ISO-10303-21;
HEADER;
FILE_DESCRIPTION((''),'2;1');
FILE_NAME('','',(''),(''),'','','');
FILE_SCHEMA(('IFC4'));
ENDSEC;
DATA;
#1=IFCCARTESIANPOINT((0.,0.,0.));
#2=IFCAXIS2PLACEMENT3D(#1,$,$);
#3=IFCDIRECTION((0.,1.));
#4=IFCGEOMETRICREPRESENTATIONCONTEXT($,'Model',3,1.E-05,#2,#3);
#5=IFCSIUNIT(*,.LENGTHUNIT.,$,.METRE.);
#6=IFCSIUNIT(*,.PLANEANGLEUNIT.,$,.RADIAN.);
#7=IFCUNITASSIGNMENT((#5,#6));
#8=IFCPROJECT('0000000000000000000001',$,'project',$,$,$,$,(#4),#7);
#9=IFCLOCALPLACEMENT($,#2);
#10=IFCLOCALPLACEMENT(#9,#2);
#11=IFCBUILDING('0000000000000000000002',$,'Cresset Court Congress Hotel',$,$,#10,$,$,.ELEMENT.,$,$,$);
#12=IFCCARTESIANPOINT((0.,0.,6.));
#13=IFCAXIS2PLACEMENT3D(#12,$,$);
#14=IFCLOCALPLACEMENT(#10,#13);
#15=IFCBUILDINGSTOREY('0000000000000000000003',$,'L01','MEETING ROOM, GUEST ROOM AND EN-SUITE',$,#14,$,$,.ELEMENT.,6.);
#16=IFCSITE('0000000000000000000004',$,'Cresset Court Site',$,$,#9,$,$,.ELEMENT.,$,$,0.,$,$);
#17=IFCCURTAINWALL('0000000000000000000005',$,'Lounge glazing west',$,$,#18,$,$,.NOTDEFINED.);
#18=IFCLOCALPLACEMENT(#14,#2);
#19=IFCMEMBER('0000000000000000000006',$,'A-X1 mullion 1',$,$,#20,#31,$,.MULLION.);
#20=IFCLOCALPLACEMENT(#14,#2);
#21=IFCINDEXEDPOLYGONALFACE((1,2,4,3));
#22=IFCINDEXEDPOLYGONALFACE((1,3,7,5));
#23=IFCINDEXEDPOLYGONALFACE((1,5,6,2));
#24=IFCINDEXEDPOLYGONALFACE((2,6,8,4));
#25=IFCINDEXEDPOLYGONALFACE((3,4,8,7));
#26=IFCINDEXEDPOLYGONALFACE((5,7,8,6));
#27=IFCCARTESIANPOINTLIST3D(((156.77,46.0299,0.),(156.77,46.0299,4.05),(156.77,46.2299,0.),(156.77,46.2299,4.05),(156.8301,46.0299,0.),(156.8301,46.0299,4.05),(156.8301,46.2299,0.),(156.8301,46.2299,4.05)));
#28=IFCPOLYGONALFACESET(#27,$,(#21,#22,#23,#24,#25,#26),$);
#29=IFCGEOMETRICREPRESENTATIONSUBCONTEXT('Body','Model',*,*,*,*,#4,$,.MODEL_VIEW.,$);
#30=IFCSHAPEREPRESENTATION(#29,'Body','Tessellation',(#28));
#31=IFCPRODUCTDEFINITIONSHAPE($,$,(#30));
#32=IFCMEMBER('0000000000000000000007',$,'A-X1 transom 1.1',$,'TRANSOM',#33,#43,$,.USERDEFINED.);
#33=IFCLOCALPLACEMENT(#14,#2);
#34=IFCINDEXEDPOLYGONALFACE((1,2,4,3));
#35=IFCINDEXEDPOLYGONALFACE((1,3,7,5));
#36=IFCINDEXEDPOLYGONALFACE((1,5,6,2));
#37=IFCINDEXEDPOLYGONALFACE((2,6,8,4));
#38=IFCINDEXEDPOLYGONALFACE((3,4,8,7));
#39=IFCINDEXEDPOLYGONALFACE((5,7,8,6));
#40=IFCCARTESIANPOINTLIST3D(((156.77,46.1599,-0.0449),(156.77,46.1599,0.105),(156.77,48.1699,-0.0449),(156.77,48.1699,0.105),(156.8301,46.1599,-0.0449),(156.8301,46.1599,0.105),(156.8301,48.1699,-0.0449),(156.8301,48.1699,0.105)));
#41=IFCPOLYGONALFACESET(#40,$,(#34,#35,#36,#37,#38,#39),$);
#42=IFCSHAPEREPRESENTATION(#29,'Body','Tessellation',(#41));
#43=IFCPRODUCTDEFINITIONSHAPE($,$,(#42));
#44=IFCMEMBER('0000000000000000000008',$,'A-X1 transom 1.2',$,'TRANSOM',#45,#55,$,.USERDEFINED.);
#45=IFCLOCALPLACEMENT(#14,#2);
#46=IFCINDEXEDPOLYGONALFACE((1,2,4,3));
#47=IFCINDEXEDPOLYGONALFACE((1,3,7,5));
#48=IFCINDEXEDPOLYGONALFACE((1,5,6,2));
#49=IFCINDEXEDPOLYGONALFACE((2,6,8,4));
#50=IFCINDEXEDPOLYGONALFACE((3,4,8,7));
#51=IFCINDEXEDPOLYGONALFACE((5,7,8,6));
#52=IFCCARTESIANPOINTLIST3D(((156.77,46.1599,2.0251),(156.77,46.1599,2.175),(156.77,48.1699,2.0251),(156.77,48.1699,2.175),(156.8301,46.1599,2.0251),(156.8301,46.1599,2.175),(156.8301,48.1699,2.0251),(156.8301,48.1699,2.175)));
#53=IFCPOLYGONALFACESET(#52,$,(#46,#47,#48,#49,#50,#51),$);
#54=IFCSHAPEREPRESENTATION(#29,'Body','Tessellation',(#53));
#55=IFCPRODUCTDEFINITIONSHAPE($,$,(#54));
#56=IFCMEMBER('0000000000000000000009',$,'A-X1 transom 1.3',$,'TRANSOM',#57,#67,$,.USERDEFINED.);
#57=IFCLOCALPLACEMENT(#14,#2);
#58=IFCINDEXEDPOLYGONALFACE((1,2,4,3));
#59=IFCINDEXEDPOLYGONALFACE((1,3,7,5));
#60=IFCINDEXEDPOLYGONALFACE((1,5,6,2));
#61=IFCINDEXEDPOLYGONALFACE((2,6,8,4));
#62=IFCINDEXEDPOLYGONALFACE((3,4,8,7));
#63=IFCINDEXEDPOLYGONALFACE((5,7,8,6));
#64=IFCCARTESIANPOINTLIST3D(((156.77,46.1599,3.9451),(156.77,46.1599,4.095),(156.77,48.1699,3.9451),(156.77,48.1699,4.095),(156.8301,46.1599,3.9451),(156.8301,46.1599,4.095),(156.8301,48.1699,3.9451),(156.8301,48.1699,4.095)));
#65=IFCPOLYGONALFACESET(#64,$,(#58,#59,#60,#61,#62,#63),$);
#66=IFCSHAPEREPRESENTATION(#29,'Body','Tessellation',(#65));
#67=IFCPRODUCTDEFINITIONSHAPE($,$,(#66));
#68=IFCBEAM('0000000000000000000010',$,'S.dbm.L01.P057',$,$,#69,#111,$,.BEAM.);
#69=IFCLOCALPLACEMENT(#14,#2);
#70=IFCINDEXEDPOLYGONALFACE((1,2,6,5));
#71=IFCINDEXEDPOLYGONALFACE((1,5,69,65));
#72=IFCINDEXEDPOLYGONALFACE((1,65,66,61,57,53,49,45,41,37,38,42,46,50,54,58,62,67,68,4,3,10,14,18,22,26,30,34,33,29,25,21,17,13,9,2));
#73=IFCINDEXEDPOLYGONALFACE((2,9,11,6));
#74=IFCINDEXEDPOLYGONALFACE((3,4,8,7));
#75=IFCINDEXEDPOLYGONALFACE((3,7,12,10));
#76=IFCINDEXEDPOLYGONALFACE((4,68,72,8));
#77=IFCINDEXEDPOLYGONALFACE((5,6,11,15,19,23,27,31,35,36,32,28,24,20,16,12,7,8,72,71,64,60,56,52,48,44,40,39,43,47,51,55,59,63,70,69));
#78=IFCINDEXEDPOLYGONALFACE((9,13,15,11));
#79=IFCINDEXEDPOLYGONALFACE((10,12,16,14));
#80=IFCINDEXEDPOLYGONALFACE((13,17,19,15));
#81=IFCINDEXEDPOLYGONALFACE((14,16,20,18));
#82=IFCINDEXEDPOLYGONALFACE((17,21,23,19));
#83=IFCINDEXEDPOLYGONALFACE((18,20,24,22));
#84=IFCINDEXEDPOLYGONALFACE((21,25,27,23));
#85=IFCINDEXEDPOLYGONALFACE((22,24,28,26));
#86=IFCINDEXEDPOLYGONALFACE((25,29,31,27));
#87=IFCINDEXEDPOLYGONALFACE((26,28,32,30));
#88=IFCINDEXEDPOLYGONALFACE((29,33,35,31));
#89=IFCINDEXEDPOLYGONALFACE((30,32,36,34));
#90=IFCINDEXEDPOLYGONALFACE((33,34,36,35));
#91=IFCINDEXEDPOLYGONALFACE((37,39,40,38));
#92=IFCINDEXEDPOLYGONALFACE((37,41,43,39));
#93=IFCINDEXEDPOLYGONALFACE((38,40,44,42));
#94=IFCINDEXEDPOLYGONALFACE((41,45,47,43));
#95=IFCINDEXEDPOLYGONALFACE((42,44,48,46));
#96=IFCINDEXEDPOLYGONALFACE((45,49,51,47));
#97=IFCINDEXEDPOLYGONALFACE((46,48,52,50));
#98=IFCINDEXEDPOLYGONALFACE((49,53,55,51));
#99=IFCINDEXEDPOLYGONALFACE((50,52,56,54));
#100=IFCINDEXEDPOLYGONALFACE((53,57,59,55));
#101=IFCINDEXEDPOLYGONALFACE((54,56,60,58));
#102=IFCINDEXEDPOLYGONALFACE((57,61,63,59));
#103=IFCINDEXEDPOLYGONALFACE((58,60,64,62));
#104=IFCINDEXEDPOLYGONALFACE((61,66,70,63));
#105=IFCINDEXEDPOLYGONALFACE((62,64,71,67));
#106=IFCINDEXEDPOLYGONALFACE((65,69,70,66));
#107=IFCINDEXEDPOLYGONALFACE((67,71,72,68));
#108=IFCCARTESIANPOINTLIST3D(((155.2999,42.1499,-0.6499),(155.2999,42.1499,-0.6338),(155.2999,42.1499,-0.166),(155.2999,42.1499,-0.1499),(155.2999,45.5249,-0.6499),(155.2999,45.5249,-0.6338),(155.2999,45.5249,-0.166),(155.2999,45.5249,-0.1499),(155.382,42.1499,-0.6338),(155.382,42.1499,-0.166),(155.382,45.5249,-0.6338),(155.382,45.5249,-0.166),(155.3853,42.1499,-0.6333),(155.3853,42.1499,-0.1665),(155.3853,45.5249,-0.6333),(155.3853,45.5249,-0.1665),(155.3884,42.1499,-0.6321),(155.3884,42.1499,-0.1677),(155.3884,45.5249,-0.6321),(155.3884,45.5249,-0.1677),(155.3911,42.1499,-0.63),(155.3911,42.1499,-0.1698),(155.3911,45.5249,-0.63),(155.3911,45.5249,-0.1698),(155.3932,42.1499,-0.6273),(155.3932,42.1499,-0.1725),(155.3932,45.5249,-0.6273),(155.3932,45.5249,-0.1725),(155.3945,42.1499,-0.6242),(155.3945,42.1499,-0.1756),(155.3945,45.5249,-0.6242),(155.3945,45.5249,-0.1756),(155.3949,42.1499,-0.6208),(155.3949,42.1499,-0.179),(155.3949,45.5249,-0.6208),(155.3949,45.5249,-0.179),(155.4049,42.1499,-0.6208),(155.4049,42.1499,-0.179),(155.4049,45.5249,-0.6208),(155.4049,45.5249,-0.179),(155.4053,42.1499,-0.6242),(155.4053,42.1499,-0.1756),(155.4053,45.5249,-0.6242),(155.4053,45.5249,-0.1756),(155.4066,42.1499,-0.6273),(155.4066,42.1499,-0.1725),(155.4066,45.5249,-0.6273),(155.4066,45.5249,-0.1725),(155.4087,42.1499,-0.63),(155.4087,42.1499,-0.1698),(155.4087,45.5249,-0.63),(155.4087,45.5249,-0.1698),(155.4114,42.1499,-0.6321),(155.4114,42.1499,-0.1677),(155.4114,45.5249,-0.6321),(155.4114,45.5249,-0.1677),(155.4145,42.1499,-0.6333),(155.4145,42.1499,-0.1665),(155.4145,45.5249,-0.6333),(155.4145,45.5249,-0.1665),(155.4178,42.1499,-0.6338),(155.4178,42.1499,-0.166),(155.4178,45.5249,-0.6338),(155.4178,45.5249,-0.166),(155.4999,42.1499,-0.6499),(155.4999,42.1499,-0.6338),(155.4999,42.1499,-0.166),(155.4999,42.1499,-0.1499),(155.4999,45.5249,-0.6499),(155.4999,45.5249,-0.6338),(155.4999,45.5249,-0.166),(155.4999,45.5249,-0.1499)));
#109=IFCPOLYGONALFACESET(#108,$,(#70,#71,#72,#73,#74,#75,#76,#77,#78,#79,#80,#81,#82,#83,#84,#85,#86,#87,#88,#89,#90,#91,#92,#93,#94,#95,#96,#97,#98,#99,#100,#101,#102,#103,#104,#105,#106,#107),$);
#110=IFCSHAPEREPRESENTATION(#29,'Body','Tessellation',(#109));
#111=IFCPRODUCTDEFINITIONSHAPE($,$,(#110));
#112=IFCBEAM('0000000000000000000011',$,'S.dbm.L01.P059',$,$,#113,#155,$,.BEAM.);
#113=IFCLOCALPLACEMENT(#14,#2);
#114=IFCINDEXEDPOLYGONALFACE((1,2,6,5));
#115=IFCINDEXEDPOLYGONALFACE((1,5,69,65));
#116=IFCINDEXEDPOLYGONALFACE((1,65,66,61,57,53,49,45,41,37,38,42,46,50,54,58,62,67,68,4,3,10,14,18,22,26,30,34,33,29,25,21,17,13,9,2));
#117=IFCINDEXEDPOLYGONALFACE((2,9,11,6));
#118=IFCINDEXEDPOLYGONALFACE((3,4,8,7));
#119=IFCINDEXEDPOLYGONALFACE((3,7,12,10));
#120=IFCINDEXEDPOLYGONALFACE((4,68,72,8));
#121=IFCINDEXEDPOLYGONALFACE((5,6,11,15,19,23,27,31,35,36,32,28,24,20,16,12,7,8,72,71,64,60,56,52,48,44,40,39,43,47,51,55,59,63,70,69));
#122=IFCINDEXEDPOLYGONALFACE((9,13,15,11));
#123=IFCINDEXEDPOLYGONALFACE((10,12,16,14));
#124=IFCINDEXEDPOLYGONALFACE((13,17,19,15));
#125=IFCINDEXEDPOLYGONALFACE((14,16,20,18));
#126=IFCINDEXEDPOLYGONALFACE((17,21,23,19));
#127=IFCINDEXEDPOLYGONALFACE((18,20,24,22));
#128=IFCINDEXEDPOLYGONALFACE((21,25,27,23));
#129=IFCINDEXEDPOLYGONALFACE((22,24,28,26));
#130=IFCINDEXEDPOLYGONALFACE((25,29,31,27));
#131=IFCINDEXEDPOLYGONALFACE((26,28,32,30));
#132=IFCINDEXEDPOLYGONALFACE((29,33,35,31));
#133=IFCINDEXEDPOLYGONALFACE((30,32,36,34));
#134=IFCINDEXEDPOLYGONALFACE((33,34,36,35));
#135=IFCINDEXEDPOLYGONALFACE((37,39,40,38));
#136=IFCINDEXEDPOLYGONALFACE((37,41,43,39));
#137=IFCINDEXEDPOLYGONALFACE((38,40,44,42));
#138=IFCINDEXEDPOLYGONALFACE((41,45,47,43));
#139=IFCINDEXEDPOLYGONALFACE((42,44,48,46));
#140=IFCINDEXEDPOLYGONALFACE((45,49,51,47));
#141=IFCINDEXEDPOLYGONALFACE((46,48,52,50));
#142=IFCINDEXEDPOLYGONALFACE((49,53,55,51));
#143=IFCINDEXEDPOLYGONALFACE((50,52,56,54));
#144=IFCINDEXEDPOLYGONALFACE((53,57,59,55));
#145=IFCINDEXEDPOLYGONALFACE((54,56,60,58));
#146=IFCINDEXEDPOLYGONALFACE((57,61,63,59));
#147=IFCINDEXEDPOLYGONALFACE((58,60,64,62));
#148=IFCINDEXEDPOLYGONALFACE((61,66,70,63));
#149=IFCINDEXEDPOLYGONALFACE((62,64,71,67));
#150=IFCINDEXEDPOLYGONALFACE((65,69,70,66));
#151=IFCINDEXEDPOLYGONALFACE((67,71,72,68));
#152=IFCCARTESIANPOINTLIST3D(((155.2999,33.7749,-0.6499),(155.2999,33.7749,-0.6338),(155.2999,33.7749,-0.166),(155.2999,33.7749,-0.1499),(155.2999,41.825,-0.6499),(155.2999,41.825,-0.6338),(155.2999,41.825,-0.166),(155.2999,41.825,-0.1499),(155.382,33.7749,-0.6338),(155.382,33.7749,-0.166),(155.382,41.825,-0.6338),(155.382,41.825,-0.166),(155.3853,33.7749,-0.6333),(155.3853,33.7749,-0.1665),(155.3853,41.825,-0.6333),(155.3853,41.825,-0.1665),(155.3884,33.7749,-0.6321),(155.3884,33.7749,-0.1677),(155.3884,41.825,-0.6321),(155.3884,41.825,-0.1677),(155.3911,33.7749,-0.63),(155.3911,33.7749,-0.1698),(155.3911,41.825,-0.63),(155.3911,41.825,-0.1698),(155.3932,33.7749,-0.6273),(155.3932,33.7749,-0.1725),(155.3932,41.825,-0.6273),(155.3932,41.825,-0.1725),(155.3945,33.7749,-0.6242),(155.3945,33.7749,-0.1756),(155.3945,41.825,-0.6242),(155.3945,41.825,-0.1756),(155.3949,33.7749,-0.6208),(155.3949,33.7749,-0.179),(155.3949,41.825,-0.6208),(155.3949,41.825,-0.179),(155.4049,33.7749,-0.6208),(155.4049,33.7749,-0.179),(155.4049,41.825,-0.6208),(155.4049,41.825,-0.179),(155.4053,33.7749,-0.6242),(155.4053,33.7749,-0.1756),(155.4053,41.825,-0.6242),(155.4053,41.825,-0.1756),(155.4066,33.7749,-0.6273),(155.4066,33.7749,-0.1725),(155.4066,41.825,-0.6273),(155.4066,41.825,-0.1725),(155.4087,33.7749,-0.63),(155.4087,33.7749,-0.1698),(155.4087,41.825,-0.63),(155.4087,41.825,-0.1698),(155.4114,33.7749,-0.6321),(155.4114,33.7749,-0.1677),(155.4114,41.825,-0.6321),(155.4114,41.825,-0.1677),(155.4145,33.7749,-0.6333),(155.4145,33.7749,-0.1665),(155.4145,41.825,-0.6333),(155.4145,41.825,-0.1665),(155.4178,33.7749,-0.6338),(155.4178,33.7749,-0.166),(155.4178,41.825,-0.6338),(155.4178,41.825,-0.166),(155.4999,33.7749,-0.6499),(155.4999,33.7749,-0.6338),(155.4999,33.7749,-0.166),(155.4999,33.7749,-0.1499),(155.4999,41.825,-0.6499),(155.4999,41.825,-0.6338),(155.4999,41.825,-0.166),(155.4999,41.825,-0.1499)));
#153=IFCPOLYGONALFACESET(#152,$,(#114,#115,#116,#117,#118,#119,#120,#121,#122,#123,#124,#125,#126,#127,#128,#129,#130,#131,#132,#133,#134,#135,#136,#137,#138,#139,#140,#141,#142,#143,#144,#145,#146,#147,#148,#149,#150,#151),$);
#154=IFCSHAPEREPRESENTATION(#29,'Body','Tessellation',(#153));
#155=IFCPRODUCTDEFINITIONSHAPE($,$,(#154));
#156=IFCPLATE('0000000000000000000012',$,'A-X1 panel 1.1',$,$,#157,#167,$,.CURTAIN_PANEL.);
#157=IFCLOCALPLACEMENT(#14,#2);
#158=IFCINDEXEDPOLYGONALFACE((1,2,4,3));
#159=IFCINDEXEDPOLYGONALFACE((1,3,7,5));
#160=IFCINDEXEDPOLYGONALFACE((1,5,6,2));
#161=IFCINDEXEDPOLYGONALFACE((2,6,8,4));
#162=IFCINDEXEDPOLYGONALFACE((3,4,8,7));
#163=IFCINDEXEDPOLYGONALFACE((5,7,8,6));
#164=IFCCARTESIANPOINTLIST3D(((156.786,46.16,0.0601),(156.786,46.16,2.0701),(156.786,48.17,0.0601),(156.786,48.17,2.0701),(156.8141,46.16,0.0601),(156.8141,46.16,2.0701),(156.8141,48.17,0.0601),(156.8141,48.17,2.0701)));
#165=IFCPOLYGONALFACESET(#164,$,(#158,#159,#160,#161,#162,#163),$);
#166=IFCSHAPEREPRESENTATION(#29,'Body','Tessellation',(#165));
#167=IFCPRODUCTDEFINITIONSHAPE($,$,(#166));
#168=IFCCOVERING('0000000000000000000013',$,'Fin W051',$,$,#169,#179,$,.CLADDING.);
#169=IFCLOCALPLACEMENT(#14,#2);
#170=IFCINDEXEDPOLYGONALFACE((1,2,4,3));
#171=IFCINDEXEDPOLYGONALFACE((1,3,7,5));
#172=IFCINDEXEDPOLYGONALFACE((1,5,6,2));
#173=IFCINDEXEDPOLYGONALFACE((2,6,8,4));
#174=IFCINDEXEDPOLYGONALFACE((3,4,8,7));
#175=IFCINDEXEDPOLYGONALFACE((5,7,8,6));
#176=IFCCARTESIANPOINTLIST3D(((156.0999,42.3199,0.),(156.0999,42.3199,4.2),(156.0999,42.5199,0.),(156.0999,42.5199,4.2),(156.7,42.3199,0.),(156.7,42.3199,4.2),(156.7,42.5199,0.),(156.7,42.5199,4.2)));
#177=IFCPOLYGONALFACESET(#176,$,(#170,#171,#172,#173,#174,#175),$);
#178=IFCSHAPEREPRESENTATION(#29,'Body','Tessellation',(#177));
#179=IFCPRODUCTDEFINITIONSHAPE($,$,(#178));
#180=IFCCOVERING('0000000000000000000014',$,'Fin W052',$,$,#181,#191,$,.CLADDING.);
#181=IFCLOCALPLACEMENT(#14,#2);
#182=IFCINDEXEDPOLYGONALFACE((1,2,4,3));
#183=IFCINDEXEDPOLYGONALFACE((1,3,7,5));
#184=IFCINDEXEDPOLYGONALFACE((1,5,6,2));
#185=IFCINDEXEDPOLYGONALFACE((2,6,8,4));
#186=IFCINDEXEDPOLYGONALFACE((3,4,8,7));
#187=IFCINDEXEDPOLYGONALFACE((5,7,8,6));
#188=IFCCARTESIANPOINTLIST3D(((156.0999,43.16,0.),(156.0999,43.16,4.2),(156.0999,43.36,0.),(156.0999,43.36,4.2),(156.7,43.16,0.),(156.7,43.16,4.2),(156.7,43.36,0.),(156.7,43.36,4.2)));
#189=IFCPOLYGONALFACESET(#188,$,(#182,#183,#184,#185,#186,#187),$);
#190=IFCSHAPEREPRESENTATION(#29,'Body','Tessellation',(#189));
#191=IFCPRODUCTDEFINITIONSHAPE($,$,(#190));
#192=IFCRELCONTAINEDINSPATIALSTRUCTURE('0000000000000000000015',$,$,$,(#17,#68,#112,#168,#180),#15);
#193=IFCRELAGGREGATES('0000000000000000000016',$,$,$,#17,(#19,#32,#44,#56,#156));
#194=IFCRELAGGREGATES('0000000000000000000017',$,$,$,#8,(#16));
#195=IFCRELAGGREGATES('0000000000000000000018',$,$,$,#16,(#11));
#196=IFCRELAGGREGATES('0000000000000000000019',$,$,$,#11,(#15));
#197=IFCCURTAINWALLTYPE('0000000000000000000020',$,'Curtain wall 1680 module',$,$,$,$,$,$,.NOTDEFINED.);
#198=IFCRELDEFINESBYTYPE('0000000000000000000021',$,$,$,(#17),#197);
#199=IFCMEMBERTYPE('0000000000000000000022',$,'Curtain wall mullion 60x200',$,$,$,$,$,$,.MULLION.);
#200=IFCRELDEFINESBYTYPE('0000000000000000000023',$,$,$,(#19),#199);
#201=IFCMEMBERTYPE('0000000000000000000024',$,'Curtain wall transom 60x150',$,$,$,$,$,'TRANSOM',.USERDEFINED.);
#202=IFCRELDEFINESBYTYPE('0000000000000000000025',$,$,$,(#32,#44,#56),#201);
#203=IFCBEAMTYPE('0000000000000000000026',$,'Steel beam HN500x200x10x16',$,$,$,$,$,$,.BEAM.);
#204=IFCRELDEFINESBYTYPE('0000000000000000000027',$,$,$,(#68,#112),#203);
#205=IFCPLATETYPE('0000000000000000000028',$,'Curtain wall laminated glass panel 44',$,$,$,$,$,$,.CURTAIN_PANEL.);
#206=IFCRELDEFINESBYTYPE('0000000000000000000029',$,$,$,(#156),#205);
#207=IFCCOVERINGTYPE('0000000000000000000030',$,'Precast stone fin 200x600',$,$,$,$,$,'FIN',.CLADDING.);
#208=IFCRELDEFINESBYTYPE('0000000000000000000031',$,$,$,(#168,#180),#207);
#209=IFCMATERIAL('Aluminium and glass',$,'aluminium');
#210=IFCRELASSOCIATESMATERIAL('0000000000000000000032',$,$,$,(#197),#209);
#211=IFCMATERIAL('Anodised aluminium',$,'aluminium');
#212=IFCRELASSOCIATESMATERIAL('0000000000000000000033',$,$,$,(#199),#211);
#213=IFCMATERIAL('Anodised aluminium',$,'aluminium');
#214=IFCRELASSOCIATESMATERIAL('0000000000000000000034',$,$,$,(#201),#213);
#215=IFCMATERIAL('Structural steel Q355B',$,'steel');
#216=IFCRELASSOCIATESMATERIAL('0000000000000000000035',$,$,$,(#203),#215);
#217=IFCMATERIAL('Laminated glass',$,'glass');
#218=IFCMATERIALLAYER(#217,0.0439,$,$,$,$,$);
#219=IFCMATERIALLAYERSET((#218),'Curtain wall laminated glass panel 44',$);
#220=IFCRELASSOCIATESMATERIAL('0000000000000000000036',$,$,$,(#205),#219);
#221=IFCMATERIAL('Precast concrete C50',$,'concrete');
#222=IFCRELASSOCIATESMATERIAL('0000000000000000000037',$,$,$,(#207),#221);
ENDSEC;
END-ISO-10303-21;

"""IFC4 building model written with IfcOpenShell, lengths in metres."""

from ifc_helpers import new_model, si_unit, direction, frame, origin, origin_2d, place, context, subcontext, project, spatial, rectangle, i_section, extrude, material, layer, layer_set, material_profile, profile_set, type_object, element, aggregate, save


model = new_model("IFC4")

# Units and contexts
model_context = context("Model", 3, precision=1e-05, world=origin(), true_north=direction((0.0, 1.0)))
body_context = subcontext(model_context, "Body", "Model", "MODEL_VIEW")
ifc_project = project(units=[si_unit("LENGTHUNIT", "METRE"), si_unit("PLANEANGLEUNIT", "RADIAN")], contexts=[model_context])

# Site, building, storey
site_placement = place(None, origin())
site = spatial("IfcSite", under=ifc_project, at=site_placement, Name="Cresset Court Site", CompositionType="ELEMENT", RefElevation=0.0)
building_placement = place(site_placement, origin())
building = spatial("IfcBuilding", under=site, at=building_placement, Name="Cresset Court Congress Hotel", CompositionType="ELEMENT")
storey_placement = place(building_placement, frame((0.0, 0.0, 6.0)))
storey = spatial("IfcBuildingStorey", under=building, at=storey_placement, Name="L01", Description="MEETING ROOM, GUEST ROOM AND EN-SUITE", CompositionType="ELEMENT", Elevation=6.0)

# Curtain wall, members
ifc_material_1 = material(Name="Aluminium and glass", Category="aluminium")
curtain_wall_type = type_object("IfcCurtainWallType", Name="Curtain wall 1680 module", PredefinedType="NOTDEFINED", material=ifc_material_1)
curtain_wall_placement = place(storey_placement, origin())
curtain_wall = element("IfcCurtainWall", 1, at=curtain_wall_placement, inside=storey, type_object=curtain_wall_type, Name="Lounge glazing west", PredefinedType="NOTDEFINED")
ifc_material_2 = material(Name="Anodised aluminium", Category="aluminium")
ifc_material_profile_1 = material_profile(ifc_material_2, rectangle(XDim=0.0601, YDim=0.2, at=origin_2d()), Name="RECT60x200")
ifc_profile_set_1 = profile_set([ifc_material_profile_1], Name="Anodised aluminium")
member_type_1 = type_object("IfcMemberType", Name="Curtain wall mullion 60x200", PredefinedType="MULLION", material=ifc_profile_set_1)
member_1_placement = place(storey_placement, frame((156.8, 46.1299, 0.0), z_axis=(0.0, 0.0, 1.0), x_axis=(-1.0, 0.0, 0.0)))
member_1 = element("IfcMember", 2, at=member_1_placement, type_object=member_type_1, Name="A-X1 mullion 1", PredefinedType="MULLION", context=body_context, shape_type="SweptSolid", body=[
    extrude(rectangle(XDim=0.0601, YDim=0.2, at=origin_2d()), origin(), (0.0, 0.0, 1.0), 4.05),
])
ifc_material_3 = material(Name="Anodised aluminium", Category="aluminium")
ifc_material_profile_2 = material_profile(ifc_material_3, rectangle(XDim=0.0601, YDim=0.1499, at=origin_2d()), Name="RECT60x150")
ifc_profile_set_2 = profile_set([ifc_material_profile_2], Name="Anodised aluminium")
member_type_2 = type_object("IfcMemberType", Name="Curtain wall transom 60x150", ElementType="TRANSOM", PredefinedType="USERDEFINED", material=ifc_profile_set_2)
member_2_placement = place(storey_placement, frame((156.8, 46.1599, 0.03), z_axis=(0.0, 1.0, 0.0), x_axis=(-1.0, 0.0, 0.0)))
member_2 = element("IfcMember", 3, at=member_2_placement, type_object=member_type_2, Name="A-X1 transom 1.1", ObjectType="TRANSOM", PredefinedType="USERDEFINED", context=body_context, shape_type="SweptSolid", body=[
    extrude(rectangle(XDim=0.0601, YDim=0.1499, at=origin_2d()), origin(), (0.0, 0.0, 1.0), 2.01),
])
member_3_placement = place(storey_placement, frame((156.8, 46.1599, 2.1001), z_axis=(0.0, 1.0, 0.0), x_axis=(-1.0, 0.0, 0.0)))
member_3 = element("IfcMember", 4, at=member_3_placement, type_object=member_type_2, Name="A-X1 transom 1.2", ObjectType="TRANSOM", PredefinedType="USERDEFINED", context=body_context, shape_type="SweptSolid", body=[
    extrude(rectangle(XDim=0.0601, YDim=0.1499, at=origin_2d()), origin(), (0.0, 0.0, 1.0), 2.01),
])
member_4_placement = place(storey_placement, frame((156.8, 46.1599, 4.02), z_axis=(0.0, 1.0, 0.0), x_axis=(-1.0, 0.0, 0.0)))
member_4 = element("IfcMember", 5, at=member_4_placement, type_object=member_type_2, Name="A-X1 transom 1.3", ObjectType="TRANSOM", PredefinedType="USERDEFINED", context=body_context, shape_type="SweptSolid", body=[
    extrude(rectangle(XDim=0.0601, YDim=0.1499, at=origin_2d()), origin(), (0.0, 0.0, 1.0), 2.01),
])

# Beams
ifc_material_4 = material(Name="Structural steel Q355B", Category="steel")
ifc_material_profile_3 = material_profile(ifc_material_4, i_section(OverallWidth=0.2, OverallDepth=0.5, WebThickness=0.01, FlangeThickness=0.0161, FilletRadius=0.0129, at=origin_2d()), Name="HN500x200x10x16")
ifc_profile_set_3 = profile_set([ifc_material_profile_3], Name="Structural steel Q355B")
beam_type = type_object("IfcBeamType", Name="Steel beam HN500x200x10x16", PredefinedType="BEAM", material=ifc_profile_set_3)
beam_1_placement = place(storey_placement, frame((155.3999, 42.1499, -0.3999), z_axis=(0.0, 1.0, 0.0), x_axis=(-1.0, 0.0, 0.0)))
element("IfcBeam", 6, at=beam_1_placement, inside=storey, type_object=beam_type, Name="S.dbm.L01.P057", PredefinedType="BEAM", context=body_context, shape_type="SweptSolid", body=[
    extrude(i_section(OverallWidth=0.2, OverallDepth=0.5, WebThickness=0.01, FlangeThickness=0.0161, FilletRadius=0.0129, at=origin_2d()), origin(), (0.0, 0.0, 1.0), 3.375),
])
beam_2_placement = place(storey_placement, frame((155.3999, 33.7749, -0.3999), z_axis=(0.0, 1.0, 0.0), x_axis=(-1.0, 0.0, 0.0)))
element("IfcBeam", 7, at=beam_2_placement, inside=storey, type_object=beam_type, Name="S.dbm.L01.P059", PredefinedType="BEAM", context=body_context, shape_type="SweptSolid", body=[
    extrude(i_section(OverallWidth=0.2, OverallDepth=0.5, WebThickness=0.01, FlangeThickness=0.0161, FilletRadius=0.0129, at=origin_2d()), origin(), (0.0, 0.0, 1.0), 8.05),
])

# Plate
ifc_material_5 = material(Name="Laminated glass", Category="glass")
ifc_layer = layer(ifc_material_5, 0.0439)
ifc_layer_set = layer_set([ifc_layer], Name="Curtain wall laminated glass panel 44")
plate_type = type_object("IfcPlateType", Name="Curtain wall laminated glass panel 44", PredefinedType="CURTAIN_PANEL", material=ifc_layer_set)
plate_placement = place(storey_placement, frame((156.8, 47.165, 0.0601), z_axis=(0.0, 0.0, 1.0), x_axis=(0.0, 1.0, 0.0)))
plate = element("IfcPlate", 8, at=plate_placement, type_object=plate_type, Name="A-X1 panel 1.1", PredefinedType="CURTAIN_PANEL", context=body_context, shape_type="SweptSolid", body=[
    extrude(rectangle(XDim=2.01, YDim=0.0281, at=origin_2d()), origin(), (0.0, 0.0, 1.0), 2.01),
])
aggregate(curtain_wall, [member_1, member_2, member_3, member_4, plate])

# Coverings
ifc_material_6 = material(Name="Precast concrete C50", Category="concrete")
covering_type_1 = type_object("IfcCoveringType", Name="Precast stone fin 200x600", ElementType="FIN", PredefinedType="CLADDING", material=ifc_material_6)
for number, where, z_axis, x_axis, name in (
    (9, (156.3999, 42.4199, 0.0), (0.0, 0.0, 1.0), (1.0, 0.0, 0.0), "Fin W051"),
    (10, (156.3999, 43.26, 0.0), (0.0, 0.0, 1.0), (1.0, 0.0, 0.0), "Fin W052"),
):
    element("IfcCovering", number, at=place(storey_placement, frame(where, z_axis=z_axis, x_axis=x_axis)), inside=storey, type_object=covering_type_1, Name=name, PredefinedType="CLADDING", context=body_context, shape_type="SweptSolid", body=[
        extrude(rectangle(XDim=0.6001, YDim=0.2, at=origin_2d()), origin(), (0.0, 0.0, 1.0), 4.2),
    ])

save(model, "model.ifc")
